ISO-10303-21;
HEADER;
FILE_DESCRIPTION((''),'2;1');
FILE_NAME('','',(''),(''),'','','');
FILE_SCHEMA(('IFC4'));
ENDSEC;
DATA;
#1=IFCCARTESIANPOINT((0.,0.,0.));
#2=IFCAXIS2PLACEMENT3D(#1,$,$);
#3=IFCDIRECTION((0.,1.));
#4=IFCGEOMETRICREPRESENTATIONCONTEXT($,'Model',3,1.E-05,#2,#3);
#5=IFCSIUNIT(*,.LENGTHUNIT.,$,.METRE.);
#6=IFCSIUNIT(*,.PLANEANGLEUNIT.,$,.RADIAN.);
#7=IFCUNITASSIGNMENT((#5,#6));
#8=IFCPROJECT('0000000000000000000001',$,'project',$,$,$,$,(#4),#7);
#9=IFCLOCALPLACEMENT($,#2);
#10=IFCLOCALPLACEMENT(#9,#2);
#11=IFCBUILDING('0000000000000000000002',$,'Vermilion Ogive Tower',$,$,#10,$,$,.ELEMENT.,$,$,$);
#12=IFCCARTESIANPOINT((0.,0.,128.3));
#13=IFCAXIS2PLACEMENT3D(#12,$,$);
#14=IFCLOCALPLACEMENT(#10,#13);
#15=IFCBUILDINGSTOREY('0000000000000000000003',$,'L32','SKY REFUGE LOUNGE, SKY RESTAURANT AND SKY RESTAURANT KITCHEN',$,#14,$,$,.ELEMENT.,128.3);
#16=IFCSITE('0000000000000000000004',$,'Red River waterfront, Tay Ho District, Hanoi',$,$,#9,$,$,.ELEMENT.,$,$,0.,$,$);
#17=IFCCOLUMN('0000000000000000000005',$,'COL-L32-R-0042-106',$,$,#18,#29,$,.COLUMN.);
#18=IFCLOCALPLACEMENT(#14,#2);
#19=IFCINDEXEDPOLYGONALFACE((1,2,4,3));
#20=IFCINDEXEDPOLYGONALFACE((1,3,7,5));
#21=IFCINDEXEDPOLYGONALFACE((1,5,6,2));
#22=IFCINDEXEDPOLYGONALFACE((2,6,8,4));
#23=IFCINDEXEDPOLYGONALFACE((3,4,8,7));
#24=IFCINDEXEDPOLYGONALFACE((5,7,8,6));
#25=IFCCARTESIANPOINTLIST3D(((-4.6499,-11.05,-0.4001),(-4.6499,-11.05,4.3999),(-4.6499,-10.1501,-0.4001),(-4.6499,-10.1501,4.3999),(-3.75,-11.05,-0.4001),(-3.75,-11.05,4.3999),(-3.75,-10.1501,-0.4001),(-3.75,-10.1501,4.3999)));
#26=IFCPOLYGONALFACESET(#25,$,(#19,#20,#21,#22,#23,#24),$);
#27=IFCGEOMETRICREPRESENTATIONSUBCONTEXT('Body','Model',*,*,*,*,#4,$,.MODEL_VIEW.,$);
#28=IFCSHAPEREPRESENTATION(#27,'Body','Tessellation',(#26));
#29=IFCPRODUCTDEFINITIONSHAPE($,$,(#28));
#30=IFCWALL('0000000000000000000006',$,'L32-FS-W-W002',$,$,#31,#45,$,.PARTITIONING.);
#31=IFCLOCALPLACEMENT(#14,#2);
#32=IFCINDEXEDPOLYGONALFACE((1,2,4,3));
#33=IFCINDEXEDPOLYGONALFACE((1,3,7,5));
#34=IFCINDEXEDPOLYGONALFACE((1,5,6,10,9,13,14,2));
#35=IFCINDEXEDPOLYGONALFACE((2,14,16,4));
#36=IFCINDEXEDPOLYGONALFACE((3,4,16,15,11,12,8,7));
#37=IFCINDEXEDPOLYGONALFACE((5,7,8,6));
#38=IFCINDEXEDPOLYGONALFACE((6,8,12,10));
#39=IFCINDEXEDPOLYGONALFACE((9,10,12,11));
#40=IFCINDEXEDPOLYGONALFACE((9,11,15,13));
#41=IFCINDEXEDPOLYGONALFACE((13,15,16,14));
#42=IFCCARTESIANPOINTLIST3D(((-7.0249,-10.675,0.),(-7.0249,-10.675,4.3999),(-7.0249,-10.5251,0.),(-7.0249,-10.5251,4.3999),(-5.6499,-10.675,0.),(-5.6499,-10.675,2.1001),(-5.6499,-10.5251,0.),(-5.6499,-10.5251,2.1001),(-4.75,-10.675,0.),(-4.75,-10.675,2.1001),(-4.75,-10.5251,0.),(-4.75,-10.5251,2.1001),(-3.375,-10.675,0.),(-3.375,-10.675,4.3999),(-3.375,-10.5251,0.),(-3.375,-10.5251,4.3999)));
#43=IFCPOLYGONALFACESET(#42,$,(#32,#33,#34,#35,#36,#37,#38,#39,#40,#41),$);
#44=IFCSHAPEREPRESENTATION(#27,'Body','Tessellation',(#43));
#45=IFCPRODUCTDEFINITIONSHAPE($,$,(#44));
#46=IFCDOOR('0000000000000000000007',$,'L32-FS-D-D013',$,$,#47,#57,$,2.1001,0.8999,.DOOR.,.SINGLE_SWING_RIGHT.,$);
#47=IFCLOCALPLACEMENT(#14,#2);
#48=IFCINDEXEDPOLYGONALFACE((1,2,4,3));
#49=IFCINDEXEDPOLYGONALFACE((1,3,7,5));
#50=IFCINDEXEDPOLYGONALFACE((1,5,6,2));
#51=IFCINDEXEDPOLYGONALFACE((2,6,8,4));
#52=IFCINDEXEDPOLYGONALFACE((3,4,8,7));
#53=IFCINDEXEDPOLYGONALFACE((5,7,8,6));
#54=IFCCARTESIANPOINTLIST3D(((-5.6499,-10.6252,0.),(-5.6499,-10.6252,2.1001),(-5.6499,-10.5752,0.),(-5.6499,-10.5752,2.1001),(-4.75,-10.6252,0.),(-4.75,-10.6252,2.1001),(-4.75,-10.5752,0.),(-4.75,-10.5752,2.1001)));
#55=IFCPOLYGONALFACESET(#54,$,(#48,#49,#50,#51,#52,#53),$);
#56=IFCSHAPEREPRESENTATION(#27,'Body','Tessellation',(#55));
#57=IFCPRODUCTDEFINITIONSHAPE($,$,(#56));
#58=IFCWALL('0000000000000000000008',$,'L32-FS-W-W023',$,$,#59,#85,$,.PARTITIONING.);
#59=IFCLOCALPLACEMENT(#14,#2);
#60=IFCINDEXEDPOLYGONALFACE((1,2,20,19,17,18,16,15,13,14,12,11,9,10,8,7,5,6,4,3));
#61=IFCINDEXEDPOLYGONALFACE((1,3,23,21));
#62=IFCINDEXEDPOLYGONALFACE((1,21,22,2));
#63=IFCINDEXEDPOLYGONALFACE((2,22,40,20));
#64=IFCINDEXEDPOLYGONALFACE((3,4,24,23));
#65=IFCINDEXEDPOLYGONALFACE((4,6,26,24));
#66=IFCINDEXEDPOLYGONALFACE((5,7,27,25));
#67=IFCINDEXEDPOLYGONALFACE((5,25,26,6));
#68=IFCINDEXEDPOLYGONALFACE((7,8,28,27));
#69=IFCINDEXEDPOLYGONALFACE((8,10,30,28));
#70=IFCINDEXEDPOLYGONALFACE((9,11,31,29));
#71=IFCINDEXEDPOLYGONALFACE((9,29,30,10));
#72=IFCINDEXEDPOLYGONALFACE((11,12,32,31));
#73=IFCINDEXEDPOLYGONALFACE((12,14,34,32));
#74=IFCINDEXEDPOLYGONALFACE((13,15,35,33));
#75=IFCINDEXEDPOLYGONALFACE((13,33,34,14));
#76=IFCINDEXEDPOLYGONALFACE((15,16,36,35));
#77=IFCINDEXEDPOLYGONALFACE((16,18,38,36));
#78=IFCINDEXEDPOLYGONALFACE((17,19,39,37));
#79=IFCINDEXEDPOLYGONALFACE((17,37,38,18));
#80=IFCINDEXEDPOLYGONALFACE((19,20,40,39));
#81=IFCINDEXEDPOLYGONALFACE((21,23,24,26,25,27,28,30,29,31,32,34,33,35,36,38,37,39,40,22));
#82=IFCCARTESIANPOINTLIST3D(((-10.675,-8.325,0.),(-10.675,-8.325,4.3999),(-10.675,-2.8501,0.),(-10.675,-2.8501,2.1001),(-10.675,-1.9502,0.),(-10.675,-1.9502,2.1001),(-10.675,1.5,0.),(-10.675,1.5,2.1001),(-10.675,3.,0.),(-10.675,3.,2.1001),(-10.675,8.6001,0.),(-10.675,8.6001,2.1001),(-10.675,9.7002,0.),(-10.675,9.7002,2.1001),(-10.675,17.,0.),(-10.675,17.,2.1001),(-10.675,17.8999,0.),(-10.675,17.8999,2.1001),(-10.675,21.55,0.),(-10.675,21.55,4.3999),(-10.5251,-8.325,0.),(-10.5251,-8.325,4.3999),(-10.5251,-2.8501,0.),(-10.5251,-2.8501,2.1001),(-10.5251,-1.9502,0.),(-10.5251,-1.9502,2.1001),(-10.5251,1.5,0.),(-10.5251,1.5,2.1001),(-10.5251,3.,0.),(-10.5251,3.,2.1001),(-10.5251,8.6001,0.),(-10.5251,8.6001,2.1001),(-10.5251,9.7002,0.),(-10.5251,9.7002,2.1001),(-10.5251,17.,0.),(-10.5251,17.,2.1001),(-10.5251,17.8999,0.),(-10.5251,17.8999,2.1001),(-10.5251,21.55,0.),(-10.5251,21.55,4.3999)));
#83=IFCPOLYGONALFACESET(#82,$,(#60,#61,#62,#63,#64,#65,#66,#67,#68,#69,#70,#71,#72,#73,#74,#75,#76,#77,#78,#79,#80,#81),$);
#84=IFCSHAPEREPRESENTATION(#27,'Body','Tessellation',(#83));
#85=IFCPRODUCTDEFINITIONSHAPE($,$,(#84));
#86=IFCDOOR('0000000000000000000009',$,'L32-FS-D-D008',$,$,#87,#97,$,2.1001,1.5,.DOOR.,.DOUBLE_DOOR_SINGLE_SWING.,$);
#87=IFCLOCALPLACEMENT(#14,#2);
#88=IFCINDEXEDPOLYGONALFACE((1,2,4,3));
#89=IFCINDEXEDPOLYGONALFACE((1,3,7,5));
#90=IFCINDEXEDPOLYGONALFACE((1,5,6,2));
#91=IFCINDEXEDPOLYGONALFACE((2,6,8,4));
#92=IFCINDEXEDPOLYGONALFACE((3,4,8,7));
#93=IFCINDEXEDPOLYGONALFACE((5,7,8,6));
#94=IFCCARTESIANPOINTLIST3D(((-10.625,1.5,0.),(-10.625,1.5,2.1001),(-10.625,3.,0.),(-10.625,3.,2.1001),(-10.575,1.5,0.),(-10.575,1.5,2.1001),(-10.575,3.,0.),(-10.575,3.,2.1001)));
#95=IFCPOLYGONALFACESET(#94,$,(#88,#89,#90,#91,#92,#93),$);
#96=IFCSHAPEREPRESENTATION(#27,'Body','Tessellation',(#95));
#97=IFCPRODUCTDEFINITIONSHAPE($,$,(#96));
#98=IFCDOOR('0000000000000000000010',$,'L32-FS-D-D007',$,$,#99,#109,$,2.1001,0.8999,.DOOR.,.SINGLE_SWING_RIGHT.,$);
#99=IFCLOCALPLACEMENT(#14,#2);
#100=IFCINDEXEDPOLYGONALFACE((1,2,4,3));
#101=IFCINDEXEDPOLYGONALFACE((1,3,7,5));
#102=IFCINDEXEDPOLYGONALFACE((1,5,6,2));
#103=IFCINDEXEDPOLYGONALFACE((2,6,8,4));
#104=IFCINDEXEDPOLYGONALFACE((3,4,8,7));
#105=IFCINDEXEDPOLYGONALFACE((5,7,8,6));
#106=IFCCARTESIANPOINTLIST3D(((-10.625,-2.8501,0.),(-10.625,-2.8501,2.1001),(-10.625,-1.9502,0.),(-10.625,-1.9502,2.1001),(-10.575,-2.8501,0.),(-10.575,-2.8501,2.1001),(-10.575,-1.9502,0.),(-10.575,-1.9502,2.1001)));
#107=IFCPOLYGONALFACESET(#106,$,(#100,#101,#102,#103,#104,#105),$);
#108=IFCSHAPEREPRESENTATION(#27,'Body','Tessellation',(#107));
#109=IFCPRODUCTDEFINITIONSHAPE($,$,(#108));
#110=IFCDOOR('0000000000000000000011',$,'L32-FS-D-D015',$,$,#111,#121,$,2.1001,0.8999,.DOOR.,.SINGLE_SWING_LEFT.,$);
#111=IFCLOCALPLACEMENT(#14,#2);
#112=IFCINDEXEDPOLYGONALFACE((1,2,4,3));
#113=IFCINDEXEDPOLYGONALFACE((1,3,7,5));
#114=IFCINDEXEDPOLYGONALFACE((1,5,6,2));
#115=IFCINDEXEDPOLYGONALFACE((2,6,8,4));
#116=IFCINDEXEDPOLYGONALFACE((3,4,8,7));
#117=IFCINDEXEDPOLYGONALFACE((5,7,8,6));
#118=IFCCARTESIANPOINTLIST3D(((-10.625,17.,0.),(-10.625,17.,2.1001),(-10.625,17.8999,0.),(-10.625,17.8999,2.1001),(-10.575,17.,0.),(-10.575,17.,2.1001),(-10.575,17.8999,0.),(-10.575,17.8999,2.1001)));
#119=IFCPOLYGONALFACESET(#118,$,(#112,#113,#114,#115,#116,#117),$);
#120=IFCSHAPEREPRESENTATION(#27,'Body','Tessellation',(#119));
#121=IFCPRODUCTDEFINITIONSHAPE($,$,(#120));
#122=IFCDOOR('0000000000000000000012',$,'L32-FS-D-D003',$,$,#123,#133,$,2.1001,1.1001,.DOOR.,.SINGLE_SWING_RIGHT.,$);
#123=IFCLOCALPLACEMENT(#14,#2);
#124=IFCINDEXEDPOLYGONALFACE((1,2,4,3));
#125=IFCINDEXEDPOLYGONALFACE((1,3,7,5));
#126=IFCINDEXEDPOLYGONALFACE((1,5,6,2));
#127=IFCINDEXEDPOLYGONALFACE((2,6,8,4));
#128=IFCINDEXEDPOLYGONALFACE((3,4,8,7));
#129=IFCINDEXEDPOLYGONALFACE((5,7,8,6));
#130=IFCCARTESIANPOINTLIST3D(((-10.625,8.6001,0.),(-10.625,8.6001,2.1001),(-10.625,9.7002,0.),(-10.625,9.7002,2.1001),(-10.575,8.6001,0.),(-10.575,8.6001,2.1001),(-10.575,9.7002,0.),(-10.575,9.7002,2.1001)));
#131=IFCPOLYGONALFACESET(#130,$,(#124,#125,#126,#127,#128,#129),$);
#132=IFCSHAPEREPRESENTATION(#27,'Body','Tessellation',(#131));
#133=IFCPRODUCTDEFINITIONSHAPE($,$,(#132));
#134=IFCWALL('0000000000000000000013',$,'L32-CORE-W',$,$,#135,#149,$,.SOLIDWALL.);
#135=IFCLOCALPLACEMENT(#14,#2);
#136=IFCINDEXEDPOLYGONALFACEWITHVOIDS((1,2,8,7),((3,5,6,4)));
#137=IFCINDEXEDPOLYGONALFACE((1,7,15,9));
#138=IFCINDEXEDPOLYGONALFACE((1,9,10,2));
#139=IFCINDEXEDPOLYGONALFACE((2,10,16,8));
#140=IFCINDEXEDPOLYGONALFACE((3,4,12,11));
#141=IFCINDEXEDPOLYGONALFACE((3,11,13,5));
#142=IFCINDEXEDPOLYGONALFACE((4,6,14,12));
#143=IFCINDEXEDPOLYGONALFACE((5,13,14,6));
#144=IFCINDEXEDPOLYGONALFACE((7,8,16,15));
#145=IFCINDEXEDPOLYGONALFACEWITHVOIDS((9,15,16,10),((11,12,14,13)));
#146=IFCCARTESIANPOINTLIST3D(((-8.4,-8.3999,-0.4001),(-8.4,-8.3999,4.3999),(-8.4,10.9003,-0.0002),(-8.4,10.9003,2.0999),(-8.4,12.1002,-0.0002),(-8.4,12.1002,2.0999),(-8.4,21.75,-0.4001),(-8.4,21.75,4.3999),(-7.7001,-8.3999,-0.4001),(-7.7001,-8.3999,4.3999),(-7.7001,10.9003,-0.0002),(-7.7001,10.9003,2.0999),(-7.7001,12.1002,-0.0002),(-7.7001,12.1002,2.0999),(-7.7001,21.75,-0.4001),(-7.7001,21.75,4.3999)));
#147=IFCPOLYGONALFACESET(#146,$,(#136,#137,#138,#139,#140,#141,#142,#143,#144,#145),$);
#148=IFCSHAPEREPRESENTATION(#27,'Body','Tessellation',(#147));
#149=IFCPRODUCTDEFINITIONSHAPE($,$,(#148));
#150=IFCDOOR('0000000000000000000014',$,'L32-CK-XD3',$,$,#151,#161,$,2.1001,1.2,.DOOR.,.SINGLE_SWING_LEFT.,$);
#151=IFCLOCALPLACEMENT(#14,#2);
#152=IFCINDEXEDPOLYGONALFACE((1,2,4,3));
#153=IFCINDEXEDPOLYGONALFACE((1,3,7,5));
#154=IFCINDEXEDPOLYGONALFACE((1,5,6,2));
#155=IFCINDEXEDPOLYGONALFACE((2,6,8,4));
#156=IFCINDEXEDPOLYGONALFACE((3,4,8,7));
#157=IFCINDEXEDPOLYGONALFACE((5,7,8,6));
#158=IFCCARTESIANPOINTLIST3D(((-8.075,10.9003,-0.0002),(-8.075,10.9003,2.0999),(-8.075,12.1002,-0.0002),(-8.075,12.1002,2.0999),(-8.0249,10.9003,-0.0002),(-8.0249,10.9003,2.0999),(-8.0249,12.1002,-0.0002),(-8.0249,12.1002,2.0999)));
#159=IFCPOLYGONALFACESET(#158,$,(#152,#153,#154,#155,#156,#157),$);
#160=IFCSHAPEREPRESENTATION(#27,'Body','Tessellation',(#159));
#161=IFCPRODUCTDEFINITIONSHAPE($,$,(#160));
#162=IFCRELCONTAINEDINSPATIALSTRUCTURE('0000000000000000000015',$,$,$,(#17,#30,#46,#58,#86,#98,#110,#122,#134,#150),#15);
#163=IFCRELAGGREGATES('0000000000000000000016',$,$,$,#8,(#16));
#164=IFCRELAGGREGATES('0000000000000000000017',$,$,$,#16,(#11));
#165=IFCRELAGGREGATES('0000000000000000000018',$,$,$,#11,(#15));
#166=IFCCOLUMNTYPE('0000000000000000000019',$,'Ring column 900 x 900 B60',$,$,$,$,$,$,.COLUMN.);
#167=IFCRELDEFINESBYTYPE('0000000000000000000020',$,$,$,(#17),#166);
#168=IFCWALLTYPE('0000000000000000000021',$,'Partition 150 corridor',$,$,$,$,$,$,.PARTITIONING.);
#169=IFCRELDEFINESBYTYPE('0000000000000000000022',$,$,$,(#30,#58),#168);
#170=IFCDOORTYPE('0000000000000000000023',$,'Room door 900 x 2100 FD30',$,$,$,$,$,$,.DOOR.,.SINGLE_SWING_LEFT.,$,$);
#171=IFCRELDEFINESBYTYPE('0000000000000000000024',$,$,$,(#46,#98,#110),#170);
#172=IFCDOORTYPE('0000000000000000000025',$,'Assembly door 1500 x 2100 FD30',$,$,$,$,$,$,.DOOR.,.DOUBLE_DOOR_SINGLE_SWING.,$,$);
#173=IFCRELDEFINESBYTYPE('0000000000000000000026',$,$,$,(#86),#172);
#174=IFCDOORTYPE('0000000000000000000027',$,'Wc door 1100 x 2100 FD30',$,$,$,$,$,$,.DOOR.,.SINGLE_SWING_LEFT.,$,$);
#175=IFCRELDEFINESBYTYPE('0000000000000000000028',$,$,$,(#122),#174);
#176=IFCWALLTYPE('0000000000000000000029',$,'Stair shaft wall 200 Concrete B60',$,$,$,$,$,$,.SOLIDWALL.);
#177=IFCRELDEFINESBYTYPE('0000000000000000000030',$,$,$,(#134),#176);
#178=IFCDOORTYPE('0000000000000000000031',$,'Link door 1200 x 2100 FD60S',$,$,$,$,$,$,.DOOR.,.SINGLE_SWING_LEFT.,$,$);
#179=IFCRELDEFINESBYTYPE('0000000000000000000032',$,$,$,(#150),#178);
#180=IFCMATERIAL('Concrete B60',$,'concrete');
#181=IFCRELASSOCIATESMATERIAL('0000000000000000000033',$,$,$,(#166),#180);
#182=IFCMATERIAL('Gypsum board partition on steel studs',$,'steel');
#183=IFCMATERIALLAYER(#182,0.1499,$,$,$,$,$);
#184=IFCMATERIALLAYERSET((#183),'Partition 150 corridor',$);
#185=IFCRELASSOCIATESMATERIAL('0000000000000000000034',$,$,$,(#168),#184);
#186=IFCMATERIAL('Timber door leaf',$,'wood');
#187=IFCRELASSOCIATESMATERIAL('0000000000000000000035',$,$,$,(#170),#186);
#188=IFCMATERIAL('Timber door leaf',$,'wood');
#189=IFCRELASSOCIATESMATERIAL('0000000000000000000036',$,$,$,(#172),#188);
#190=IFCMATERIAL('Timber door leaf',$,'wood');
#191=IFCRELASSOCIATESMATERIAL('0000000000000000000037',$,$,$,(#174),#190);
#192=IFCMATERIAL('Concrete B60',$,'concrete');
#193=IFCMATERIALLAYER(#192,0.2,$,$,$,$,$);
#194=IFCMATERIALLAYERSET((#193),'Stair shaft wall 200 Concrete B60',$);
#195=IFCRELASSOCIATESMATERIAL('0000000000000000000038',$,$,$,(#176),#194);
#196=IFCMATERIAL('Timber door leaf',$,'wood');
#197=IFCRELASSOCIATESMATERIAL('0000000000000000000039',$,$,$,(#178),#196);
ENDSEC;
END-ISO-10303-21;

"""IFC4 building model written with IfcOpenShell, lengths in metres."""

from ifc_helpers import new_model, si_unit, direction, frame, frame_2d, origin, origin_2d, place, context, subcontext, project, spatial, rectangle, extrude, material, layer, layer_set, material_profile, profile_set, type_object, element, fill, save


model = new_model("IFC4")

# Units and contexts
model_context = context("Model", 3, precision=1e-05, world=origin(), true_north=direction((0.0, 1.0)))
body_context = subcontext(model_context, "Body", "Model", "MODEL_VIEW")
ifc_project = project(units=[si_unit("LENGTHUNIT", "METRE"), si_unit("PLANEANGLEUNIT", "RADIAN")], contexts=[model_context])

# Site, building, storey
site_placement = place(None, origin())
site = spatial("IfcSite", under=ifc_project, at=site_placement, Name="Red River waterfront, Tay Ho District, Hanoi", CompositionType="ELEMENT", RefElevation=0.0)
building_placement = place(site_placement, origin())
building = spatial("IfcBuilding", under=site, at=building_placement, Name="Vermilion Ogive Tower", CompositionType="ELEMENT")
storey_placement = place(building_placement, frame((0.0, 0.0, 128.3)))
storey = spatial("IfcBuildingStorey", under=building, at=storey_placement, Name="L32", Description="SKY REFUGE LOUNGE, SKY RESTAURANT AND SKY RESTAURANT KITCHEN", CompositionType="ELEMENT", Elevation=128.3)

# Column
ifc_material_1 = material(Name="Concrete B60", Category="concrete")
ifc_material_profile = material_profile(ifc_material_1, rectangle(XDim=0.8999, YDim=0.8999, at=origin_2d()), Name="900 x 900")
ifc_profile_set = profile_set([ifc_material_profile], Name="Concrete B60")
column_type = type_object("IfcColumnType", Name="Ring column 900 x 900 B60", PredefinedType="COLUMN", material=ifc_profile_set)
column_placement = place(storey_placement, frame((-4.2, -10.6001, -0.4001), z_axis=(0.0, 0.0, 1.0), x_axis=(1.0, 0.0, 0.0)))
element("IfcColumn", 1, at=column_placement, inside=storey, type_object=column_type, Name="COL-L32-R-0042-106", PredefinedType="COLUMN", context=body_context, shape_type="SweptSolid", body=[
    extrude(rectangle(XDim=0.8999, YDim=0.8999, at=origin_2d()), origin(), (0.0, 0.0, 1.0), 4.8),
])

# Wall, opening, door
ifc_material_2 = material(Name="Gypsum board partition on steel studs", Category="steel")
ifc_layer_1 = layer(ifc_material_2, 0.1499)
ifc_layer_set_1 = layer_set([ifc_layer_1], Name="Partition 150 corridor")
wall_type_1 = type_object("IfcWallType", Name="Partition 150 corridor", PredefinedType="PARTITIONING", material=ifc_layer_set_1)
wall_1_placement = place(storey_placement, frame((-7.0249, -10.6001, 0.0), z_axis=(0.0, 0.0, 1.0), x_axis=(1.0, 0.0, 0.0)))
wall_1 = element("IfcWall", 2, at=wall_1_placement, inside=storey, type_object=wall_type_1, Name="L32-FS-W-W002", PredefinedType="PARTITIONING", context=body_context, shape_type="SweptSolid", body=[
    extrude(rectangle(XDim=3.6499, YDim=0.1499, at=frame_2d((1.825, 0.0))), origin(), (0.0, 0.0, 1.0), 4.3999),
])
opening_1_placement = place(wall_1_placement, frame((1.375, 0.0, 0.0)))
opening_1 = element("IfcOpeningElement", 3, at=opening_1_placement, cuts=wall_1, PredefinedType="OPENING", context=body_context, shape_type="SweptSolid", body=[
    extrude(rectangle(XDim=0.8999, YDim=2.1001, at=frame_2d((0.45, 1.05))), frame((0.0, 0.085, 0.0), z_axis=(0.0, -1.0, 0.0), x_axis=(1.0, 0.0, 0.0)), (0.0, 0.0, 1.0), 0.1699),
])
ifc_material_3 = material(Name="Timber door leaf", Category="wood")
door_type_1 = type_object("IfcDoorType", Name="Room door 900 x 2100 FD30", OperationType="SINGLE_SWING_LEFT", PredefinedType="DOOR", material=ifc_material_3)
door_1_placement = place(opening_1_placement, origin())
door_1 = element("IfcDoor", 4, at=door_1_placement, inside=storey, type_object=door_type_1, Name="L32-FS-D-D013", OperationType="SINGLE_SWING_RIGHT", OverallHeight=2.1001, OverallWidth=0.8999, PredefinedType="DOOR", context=body_context, shape_type="SweptSolid", body=[
    extrude(rectangle(XDim=0.8999, YDim=2.1001, at=frame_2d((0.45, 1.05))), frame((0.0, 0.0249, 0.0), z_axis=(0.0, -1.0, 0.0), x_axis=(1.0, 0.0, 0.0)), (0.0, 0.0, 1.0), 0.05),
])
fill(opening_1, door_1)

# Wall, openings, doors
wall_2_placement = place(storey_placement, frame((-10.6001, -8.325, 0.0), z_axis=(0.0, 0.0, 1.0), x_axis=(0.0, 1.0, 0.0)))
wall_2 = element("IfcWall", 5, at=wall_2_placement, inside=storey, type_object=wall_type_1, Name="L32-FS-W-W023", PredefinedType="PARTITIONING", context=body_context, shape_type="SweptSolid", body=[
    extrude(rectangle(XDim=29.875, YDim=0.1499, at=frame_2d((14.9375, 0.0))), origin(), (0.0, 0.0, 1.0), 4.3999),
])
opening_2_placement = place(wall_2_placement, frame((16.925, 0.0, 0.0)))
opening_2 = element("IfcOpeningElement", 6, at=opening_2_placement, cuts=wall_2, PredefinedType="OPENING", context=body_context, shape_type="SweptSolid", body=[
    extrude(rectangle(XDim=1.1001, YDim=2.1001, at=frame_2d((0.55, 1.05))), frame((0.0, 0.085, 0.0), z_axis=(0.0, -1.0, 0.0), x_axis=(1.0, 0.0, 0.0)), (0.0, 0.0, 1.0), 0.1699),
])
opening_3_placement = place(wall_2_placement, frame((5.4749, 0.0, 0.0)))
opening_3 = element("IfcOpeningElement", 7, at=opening_3_placement, cuts=wall_2, PredefinedType="OPENING", context=body_context, shape_type="SweptSolid", body=[
    extrude(rectangle(XDim=0.8999, YDim=2.1001, at=frame_2d((0.45, 1.05))), frame((0.0, 0.085, 0.0), z_axis=(0.0, -1.0, 0.0), x_axis=(1.0, 0.0, 0.0)), (0.0, 0.0, 1.0), 0.1699),
])
opening_4_placement = place(wall_2_placement, frame((9.825, 0.0, 0.0)))
opening_4 = element("IfcOpeningElement", 8, at=opening_4_placement, cuts=wall_2, PredefinedType="OPENING", context=body_context, shape_type="SweptSolid", body=[
    extrude(rectangle(XDim=1.5, YDim=2.1001, at=frame_2d((0.75, 1.05))), frame((0.0, 0.085, 0.0), z_axis=(0.0, -1.0, 0.0), x_axis=(1.0, 0.0, 0.0)), (0.0, 0.0, 1.0), 0.1699),
])
opening_5_placement = place(wall_2_placement, frame((25.325, 0.0, 0.0)))
opening_5 = element("IfcOpeningElement", 9, at=opening_5_placement, cuts=wall_2, PredefinedType="OPENING", context=body_context, shape_type="SweptSolid", body=[
    extrude(rectangle(XDim=0.8999, YDim=2.1001, at=frame_2d((0.45, 1.05))), frame((0.0, 0.085, 0.0), z_axis=(0.0, -1.0, 0.0), x_axis=(1.0, 0.0, 0.0)), (0.0, 0.0, 1.0), 0.1699),
])
ifc_material_4 = material(Name="Timber door leaf", Category="wood")
door_type_2 = type_object("IfcDoorType", Name="Assembly door 1500 x 2100 FD30", OperationType="DOUBLE_DOOR_SINGLE_SWING", PredefinedType="DOOR", material=ifc_material_4)
door_2_placement = place(opening_4_placement, origin())
door_2 = element("IfcDoor", 10, at=door_2_placement, inside=storey, type_object=door_type_2, Name="L32-FS-D-D008", OperationType="DOUBLE_DOOR_SINGLE_SWING", OverallHeight=2.1001, OverallWidth=1.5, PredefinedType="DOOR", context=body_context, shape_type="SweptSolid", body=[
    extrude(rectangle(XDim=1.5, YDim=2.1001, at=frame_2d((0.75, 1.05))), frame((0.0, 0.0249, 0.0), z_axis=(0.0, -1.0, 0.0), x_axis=(1.0, 0.0, 0.0)), (0.0, 0.0, 1.0), 0.05),
])
fill(opening_4, door_2)
door_3_placement = place(opening_3_placement, origin())
door_3 = element("IfcDoor", 11, at=door_3_placement, inside=storey, type_object=door_type_1, Name="L32-FS-D-D007", OperationType="SINGLE_SWING_RIGHT", OverallHeight=2.1001, OverallWidth=0.8999, PredefinedType="DOOR", context=body_context, shape_type="SweptSolid", body=[
    extrude(rectangle(XDim=0.8999, YDim=2.1001, at=frame_2d((0.45, 1.05))), frame((0.0, 0.0249, 0.0), z_axis=(0.0, -1.0, 0.0), x_axis=(1.0, 0.0, 0.0)), (0.0, 0.0, 1.0), 0.05),
])
fill(opening_3, door_3)
door_4_placement = place(opening_5_placement, origin())
door_4 = element("IfcDoor", 12, at=door_4_placement, inside=storey, type_object=door_type_1, Name="L32-FS-D-D015", OperationType="SINGLE_SWING_LEFT", OverallHeight=2.1001, OverallWidth=0.8999, PredefinedType="DOOR", context=body_context, shape_type="SweptSolid", body=[
    extrude(rectangle(XDim=0.8999, YDim=2.1001, at=frame_2d((0.45, 1.05))), frame((0.0, 0.0249, 0.0), z_axis=(0.0, -1.0, 0.0), x_axis=(1.0, 0.0, 0.0)), (0.0, 0.0, 1.0), 0.05),
])
fill(opening_5, door_4)
ifc_material_5 = material(Name="Timber door leaf", Category="wood")
door_type_3 = type_object("IfcDoorType", Name="Wc door 1100 x 2100 FD30", OperationType="SINGLE_SWING_LEFT", PredefinedType="DOOR", material=ifc_material_5)
door_5_placement = place(opening_2_placement, origin())
door_5 = element("IfcDoor", 13, at=door_5_placement, inside=storey, type_object=door_type_3, Name="L32-FS-D-D003", OperationType="SINGLE_SWING_RIGHT", OverallHeight=2.1001, OverallWidth=1.1001, PredefinedType="DOOR", context=body_context, shape_type="SweptSolid", body=[
    extrude(rectangle(XDim=1.1001, YDim=2.1001, at=frame_2d((0.55, 1.05))), frame((0.0, 0.0249, 0.0), z_axis=(0.0, -1.0, 0.0), x_axis=(1.0, 0.0, 0.0)), (0.0, 0.0, 1.0), 0.05),
])
fill(opening_2, door_5)

# Wall, opening, door
ifc_material_6 = material(Name="Concrete B60", Category="concrete")
ifc_layer_2 = layer(ifc_material_6, 0.2)
ifc_layer_set_2 = layer_set([ifc_layer_2], Name="Stair shaft wall 200 Concrete B60")
wall_type_2 = type_object("IfcWallType", Name="Stair shaft wall 200 Concrete B60", PredefinedType="SOLIDWALL", material=ifc_layer_set_2)
wall_3_placement = place(storey_placement, frame((-8.05, -8.3999, -0.4001), z_axis=(0.0, 0.0, 1.0), x_axis=(0.0, 1.0, 0.0)))
wall_3 = element("IfcWall", 14, at=wall_3_placement, inside=storey, type_object=wall_type_2, Name="L32-CORE-W", PredefinedType="SOLIDWALL", context=body_context, shape_type="SweptSolid", body=[
    extrude(rectangle(XDim=30.1499, YDim=0.7, at=frame_2d((15.075, 0.0))), origin(), (0.0, 0.0, 1.0), 4.8),
])
opening_6_placement = place(wall_3_placement, frame((19.3, 0.0, 0.3999)))
opening_6 = element("IfcOpeningElement", 15, at=opening_6_placement, cuts=wall_3, PredefinedType="OPENING", context=body_context, shape_type="SweptSolid", body=[
    extrude(rectangle(XDim=1.2, YDim=2.1001, at=frame_2d((0.6001, 1.05))), frame((0.0, 0.3599, 0.0), z_axis=(0.0, -1.0, 0.0), x_axis=(1.0, 0.0, 0.0)), (0.0, 0.0, 1.0), 0.72),
])
ifc_material_7 = material(Name="Timber door leaf", Category="wood")
door_type_4 = type_object("IfcDoorType", Name="Link door 1200 x 2100 FD60S", OperationType="SINGLE_SWING_LEFT", PredefinedType="DOOR", material=ifc_material_7)
door_6_placement = place(opening_6_placement, origin())
door_6 = element("IfcDoor", 16, at=door_6_placement, inside=storey, type_object=door_type_4, Name="L32-CK-XD3", OperationType="SINGLE_SWING_LEFT", OverallHeight=2.1001, OverallWidth=1.2, PredefinedType="DOOR", context=body_context, shape_type="SweptSolid", body=[
    extrude(rectangle(XDim=1.2, YDim=2.1001, at=frame_2d((0.6001, 1.05))), frame((0.0, 0.0249, 0.0), z_axis=(0.0, -1.0, 0.0), x_axis=(1.0, 0.0, 0.0)), (0.0, 0.0, 1.0), 0.05),
])
fill(opening_6, door_6)

save(model, "model.ifc")
